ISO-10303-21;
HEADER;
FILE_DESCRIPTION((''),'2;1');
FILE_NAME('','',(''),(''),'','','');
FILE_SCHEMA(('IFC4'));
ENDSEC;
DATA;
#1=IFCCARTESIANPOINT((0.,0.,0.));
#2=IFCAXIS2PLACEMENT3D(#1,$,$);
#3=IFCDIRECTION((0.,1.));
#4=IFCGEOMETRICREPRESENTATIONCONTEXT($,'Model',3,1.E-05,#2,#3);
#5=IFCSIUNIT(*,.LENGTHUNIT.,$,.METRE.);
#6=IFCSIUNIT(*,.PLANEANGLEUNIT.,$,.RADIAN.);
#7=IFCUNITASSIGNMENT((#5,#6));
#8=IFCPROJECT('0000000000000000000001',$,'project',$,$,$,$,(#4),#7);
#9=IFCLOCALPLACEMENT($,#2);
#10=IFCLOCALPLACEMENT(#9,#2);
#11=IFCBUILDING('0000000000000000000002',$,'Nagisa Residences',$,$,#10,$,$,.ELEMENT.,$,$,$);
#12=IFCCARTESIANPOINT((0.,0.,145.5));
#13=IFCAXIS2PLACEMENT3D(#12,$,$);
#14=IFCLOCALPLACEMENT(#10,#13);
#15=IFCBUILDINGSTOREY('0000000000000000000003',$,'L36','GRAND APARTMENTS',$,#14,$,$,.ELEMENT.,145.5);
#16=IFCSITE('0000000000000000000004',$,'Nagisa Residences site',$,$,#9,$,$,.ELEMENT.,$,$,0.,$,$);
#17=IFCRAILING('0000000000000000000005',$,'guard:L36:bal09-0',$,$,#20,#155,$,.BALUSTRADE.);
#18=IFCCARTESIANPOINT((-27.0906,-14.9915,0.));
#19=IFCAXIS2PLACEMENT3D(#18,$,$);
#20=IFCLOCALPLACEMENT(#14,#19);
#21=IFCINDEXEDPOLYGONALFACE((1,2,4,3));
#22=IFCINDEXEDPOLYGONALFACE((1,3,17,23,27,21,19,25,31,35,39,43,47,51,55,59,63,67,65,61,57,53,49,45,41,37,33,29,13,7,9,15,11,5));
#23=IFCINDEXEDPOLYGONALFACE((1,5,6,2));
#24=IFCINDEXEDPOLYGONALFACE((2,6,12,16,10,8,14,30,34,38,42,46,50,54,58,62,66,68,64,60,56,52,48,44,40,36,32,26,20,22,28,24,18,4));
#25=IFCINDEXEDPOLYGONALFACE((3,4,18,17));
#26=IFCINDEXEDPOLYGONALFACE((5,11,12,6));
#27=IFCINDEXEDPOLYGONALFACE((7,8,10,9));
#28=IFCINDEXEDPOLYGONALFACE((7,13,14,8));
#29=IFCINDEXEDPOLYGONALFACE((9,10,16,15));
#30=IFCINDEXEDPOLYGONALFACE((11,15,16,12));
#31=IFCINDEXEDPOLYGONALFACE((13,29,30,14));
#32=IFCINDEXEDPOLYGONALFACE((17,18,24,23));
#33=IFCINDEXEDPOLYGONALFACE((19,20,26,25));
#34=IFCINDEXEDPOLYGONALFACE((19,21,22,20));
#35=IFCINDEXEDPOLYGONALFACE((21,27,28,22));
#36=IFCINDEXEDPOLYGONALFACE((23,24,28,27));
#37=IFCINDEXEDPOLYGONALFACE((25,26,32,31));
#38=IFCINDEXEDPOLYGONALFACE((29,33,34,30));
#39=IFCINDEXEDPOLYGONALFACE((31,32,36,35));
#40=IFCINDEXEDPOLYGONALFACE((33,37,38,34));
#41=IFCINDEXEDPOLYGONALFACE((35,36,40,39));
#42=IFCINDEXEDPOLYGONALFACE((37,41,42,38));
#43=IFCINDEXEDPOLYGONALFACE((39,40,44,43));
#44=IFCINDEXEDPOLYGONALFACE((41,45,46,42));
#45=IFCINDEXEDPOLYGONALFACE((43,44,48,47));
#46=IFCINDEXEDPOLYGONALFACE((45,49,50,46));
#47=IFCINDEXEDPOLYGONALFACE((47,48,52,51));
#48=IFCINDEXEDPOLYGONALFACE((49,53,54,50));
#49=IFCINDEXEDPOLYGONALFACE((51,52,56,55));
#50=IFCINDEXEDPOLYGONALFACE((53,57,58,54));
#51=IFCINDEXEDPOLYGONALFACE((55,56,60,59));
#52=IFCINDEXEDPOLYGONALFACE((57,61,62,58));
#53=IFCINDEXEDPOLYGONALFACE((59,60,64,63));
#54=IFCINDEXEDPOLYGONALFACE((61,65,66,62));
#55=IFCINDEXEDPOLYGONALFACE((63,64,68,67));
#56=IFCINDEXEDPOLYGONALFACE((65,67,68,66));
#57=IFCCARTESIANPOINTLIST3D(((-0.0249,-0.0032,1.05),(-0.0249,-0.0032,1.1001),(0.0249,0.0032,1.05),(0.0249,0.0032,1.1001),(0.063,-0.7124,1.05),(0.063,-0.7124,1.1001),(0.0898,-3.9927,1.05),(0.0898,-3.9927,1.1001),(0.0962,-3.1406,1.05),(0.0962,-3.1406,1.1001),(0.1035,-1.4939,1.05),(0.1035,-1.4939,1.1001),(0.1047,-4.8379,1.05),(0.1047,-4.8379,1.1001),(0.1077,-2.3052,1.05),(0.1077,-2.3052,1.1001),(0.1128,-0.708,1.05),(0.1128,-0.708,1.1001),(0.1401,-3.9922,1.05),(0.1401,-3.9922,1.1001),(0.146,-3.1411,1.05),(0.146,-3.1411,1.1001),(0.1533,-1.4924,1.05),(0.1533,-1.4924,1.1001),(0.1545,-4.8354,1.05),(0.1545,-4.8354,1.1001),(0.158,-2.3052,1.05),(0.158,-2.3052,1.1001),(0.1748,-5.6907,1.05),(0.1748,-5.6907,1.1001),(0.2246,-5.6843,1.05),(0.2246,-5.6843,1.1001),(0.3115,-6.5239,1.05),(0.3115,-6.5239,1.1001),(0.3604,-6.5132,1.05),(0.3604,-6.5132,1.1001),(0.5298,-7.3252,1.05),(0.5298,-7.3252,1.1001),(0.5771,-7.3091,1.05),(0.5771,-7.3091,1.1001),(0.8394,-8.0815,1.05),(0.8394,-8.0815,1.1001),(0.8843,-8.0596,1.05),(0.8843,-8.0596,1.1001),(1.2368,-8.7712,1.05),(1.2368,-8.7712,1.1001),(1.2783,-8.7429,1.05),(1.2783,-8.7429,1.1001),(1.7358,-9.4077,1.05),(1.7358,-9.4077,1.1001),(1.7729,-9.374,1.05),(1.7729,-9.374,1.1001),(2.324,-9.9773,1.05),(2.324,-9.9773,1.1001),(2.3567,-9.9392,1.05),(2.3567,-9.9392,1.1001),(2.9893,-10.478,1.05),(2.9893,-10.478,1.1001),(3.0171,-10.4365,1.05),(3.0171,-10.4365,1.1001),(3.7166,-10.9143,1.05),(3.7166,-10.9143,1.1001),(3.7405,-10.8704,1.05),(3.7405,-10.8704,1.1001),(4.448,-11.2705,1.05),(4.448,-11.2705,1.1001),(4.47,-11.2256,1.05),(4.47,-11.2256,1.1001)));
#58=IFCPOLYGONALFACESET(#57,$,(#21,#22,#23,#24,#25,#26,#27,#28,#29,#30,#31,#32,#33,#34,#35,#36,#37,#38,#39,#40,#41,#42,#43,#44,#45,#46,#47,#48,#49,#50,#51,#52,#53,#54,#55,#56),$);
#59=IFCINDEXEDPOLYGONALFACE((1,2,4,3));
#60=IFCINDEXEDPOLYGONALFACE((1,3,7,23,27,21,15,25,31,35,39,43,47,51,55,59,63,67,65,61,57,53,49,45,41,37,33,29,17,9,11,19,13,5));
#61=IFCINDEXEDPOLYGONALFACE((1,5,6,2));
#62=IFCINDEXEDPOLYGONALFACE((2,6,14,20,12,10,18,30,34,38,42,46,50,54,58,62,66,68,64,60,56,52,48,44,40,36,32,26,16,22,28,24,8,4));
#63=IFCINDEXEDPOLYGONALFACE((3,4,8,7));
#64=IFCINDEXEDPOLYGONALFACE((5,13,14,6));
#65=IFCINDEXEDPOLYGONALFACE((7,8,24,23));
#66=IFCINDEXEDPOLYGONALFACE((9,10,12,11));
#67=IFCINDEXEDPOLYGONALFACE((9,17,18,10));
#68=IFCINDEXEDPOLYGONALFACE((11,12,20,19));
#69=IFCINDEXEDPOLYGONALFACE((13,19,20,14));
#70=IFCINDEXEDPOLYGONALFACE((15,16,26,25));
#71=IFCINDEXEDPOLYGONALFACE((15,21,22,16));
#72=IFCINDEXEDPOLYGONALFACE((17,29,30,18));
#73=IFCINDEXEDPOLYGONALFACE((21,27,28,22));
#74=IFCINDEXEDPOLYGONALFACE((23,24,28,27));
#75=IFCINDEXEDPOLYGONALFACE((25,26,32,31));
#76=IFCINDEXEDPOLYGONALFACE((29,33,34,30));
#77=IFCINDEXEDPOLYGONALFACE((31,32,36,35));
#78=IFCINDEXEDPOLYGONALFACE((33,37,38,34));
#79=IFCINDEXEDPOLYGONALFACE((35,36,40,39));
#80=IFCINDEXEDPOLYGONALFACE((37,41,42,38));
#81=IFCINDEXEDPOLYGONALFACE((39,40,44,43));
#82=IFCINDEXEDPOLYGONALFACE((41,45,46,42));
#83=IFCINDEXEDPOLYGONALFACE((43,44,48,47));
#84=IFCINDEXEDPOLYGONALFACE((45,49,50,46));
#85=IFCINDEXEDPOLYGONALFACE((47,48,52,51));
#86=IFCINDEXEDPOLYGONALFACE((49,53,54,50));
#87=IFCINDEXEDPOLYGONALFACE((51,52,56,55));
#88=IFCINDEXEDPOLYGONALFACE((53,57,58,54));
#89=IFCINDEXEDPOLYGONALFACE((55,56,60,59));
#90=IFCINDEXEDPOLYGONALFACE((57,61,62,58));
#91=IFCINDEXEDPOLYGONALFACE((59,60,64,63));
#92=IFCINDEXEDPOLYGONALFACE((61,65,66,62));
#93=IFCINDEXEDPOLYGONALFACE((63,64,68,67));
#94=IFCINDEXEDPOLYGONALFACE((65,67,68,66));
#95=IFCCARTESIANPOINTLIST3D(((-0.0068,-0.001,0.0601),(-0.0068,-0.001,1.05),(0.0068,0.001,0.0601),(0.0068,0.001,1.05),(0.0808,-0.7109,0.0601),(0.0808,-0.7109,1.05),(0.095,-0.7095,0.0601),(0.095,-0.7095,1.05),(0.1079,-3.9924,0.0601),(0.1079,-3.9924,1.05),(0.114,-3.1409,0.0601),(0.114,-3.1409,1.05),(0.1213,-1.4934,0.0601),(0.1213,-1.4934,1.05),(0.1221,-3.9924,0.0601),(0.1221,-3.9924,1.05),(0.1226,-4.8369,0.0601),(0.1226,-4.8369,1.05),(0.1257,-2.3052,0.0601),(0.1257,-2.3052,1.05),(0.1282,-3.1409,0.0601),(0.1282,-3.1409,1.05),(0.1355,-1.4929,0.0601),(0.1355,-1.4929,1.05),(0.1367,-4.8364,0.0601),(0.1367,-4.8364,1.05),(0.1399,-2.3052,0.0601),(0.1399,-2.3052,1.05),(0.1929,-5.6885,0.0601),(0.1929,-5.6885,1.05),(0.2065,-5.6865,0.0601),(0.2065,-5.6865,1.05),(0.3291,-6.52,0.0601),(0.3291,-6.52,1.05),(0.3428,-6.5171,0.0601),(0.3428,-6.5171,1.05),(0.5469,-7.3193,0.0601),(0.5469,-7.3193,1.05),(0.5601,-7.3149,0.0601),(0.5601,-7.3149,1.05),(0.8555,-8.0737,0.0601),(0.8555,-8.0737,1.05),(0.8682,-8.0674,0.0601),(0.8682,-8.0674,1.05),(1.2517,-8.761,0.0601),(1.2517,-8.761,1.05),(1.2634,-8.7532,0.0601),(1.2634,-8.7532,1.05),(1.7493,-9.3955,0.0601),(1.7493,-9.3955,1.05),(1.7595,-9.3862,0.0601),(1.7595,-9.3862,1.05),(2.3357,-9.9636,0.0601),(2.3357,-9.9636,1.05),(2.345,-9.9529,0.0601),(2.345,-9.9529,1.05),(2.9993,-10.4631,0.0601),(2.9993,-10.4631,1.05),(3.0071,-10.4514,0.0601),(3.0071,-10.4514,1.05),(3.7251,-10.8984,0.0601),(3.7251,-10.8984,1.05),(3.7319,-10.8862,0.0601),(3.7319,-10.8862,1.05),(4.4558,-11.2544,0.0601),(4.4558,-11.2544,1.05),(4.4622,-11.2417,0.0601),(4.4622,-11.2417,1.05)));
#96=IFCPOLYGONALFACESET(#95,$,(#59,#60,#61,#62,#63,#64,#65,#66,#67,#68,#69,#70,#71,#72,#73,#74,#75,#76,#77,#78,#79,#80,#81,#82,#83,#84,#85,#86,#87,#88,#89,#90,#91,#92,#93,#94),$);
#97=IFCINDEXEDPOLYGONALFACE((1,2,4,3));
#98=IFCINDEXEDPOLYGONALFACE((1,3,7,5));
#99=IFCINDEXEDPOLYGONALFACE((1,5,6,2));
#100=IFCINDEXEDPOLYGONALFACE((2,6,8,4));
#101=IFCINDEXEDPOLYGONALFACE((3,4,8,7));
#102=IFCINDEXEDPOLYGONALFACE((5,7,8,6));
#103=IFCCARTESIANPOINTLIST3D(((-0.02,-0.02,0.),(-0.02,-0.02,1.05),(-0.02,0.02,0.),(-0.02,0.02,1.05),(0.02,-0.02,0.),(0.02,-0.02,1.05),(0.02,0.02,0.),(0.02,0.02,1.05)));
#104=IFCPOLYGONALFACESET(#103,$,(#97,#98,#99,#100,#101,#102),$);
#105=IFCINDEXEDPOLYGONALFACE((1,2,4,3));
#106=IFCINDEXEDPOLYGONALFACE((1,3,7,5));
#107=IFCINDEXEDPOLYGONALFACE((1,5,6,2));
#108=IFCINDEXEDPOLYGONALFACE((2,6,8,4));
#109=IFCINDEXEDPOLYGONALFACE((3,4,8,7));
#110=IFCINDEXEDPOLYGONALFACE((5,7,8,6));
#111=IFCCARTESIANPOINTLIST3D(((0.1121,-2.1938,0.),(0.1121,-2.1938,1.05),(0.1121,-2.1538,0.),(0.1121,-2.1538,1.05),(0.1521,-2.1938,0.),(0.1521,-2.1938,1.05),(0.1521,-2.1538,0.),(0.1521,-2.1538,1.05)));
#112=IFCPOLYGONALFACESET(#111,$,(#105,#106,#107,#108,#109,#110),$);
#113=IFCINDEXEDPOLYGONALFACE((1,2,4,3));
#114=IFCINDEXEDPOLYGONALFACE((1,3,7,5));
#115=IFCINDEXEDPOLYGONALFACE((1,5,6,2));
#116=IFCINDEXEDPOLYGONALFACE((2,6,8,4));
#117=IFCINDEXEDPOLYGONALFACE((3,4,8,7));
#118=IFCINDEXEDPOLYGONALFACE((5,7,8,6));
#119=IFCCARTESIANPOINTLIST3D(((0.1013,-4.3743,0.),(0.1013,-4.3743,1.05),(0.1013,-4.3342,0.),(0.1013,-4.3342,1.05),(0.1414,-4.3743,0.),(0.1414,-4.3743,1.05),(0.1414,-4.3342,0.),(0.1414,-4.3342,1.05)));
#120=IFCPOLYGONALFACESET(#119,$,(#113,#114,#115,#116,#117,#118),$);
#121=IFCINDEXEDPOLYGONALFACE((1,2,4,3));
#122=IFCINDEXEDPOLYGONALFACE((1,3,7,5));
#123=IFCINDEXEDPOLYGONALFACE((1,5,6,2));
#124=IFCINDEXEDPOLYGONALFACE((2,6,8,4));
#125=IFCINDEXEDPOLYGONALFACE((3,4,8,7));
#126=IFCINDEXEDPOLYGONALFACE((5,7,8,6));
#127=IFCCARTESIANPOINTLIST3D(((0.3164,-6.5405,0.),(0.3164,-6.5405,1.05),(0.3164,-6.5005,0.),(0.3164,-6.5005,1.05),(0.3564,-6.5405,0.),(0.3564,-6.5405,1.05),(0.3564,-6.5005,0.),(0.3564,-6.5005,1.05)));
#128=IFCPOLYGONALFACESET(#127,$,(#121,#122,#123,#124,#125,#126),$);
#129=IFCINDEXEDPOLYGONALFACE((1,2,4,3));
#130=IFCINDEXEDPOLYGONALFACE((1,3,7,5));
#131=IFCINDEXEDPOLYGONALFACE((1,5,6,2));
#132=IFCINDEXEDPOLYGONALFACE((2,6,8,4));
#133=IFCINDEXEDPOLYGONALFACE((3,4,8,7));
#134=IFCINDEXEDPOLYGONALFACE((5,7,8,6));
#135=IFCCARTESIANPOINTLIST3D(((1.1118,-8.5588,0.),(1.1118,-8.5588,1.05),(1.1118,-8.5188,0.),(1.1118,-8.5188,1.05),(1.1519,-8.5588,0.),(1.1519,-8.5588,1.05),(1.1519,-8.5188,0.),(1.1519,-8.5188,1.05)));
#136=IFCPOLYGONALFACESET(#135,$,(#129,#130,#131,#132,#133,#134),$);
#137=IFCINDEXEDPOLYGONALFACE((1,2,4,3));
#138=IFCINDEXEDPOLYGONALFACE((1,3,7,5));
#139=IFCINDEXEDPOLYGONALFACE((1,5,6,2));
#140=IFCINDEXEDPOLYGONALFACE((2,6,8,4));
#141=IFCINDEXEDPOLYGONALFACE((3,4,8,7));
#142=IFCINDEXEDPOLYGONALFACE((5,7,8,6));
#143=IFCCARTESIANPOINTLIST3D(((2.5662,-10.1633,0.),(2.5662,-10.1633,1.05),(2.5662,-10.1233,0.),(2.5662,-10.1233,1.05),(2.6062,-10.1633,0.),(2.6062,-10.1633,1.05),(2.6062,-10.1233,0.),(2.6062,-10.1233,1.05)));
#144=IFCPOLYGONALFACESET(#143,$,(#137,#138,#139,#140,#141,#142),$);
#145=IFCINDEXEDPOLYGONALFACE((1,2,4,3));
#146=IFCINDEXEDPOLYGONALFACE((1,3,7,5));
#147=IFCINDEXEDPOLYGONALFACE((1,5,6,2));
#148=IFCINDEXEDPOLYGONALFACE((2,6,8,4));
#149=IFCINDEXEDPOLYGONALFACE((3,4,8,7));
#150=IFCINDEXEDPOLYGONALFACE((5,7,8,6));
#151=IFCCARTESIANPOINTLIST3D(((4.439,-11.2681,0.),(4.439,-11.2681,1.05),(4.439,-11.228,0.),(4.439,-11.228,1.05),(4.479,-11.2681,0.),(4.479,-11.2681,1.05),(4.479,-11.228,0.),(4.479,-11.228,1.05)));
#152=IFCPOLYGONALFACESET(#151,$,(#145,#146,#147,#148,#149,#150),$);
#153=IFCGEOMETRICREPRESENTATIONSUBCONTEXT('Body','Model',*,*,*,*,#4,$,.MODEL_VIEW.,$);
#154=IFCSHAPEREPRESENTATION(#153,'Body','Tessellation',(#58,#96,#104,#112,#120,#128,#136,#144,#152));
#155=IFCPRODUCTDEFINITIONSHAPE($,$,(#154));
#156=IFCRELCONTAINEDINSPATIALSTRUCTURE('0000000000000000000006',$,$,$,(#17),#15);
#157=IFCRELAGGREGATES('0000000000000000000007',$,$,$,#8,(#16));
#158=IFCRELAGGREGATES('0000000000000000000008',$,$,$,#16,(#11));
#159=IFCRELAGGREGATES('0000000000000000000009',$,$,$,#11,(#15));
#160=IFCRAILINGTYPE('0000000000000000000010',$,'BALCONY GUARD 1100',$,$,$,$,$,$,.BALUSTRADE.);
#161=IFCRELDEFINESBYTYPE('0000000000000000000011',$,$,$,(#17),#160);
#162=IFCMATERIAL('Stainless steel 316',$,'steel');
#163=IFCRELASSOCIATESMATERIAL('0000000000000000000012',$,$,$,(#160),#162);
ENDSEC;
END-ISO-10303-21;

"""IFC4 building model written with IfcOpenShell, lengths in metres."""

from ifc_helpers import new_model, si_unit, direction, frame, origin, origin_2d, place, context, subcontext, project, spatial, polyline, rectangle, outline, extrude, material, type_object, element, save


model = new_model("IFC4")

# Units and contexts
model_context = context("Model", 3, precision=1e-05, world=origin(), true_north=direction((0.0, 1.0)))
body_context = subcontext(model_context, "Body", "Model", "MODEL_VIEW")
ifc_project = project(units=[si_unit("LENGTHUNIT", "METRE"), si_unit("PLANEANGLEUNIT", "RADIAN")], contexts=[model_context])

# Site, building, storey
site_placement = place(None, origin())
site = spatial("IfcSite", under=ifc_project, at=site_placement, Name="Nagisa Residences site", CompositionType="ELEMENT", RefElevation=0.0)
building_placement = place(site_placement, origin())
building = spatial("IfcBuilding", under=site, at=building_placement, Name="Nagisa Residences", CompositionType="ELEMENT")
storey_placement = place(building_placement, frame((0.0, 0.0, 145.5)))
storey = spatial("IfcBuildingStorey", under=building, at=storey_placement, Name="L36", Description="GRAND APARTMENTS", CompositionType="ELEMENT", Elevation=145.5)

# Railing
ifc_material_1 = material(Name="Stainless steel 316", Category="steel")
railing_type = type_object("IfcRailingType", Name="BALCONY GUARD 1100", PredefinedType="BALUSTRADE", material=ifc_material_1)
railing_1_placement = place(storey_placement, frame((-27.0906, -14.9915, 0.0)))
element("IfcRailing", 1, at=railing_1_placement, inside=storey, type_object=railing_type, Name="guard:L36:bal09-0", PredefinedType="BALUSTRADE", context=body_context, shape_type="SweptSolid", body=[
    extrude(outline(polyline([(0.1128, -0.708), (0.0249, 0.0032), (-0.0249, -0.0032), (0.063, -0.7124), (0.1035, -1.4939), (0.1077, -2.3052), (0.0962, -3.1406), (0.0898, -3.9927), (0.1047, -4.8379), (0.1748, -5.6907), (0.3115, -6.5239), (0.5298, -7.3252), (0.8394, -8.0815), (1.2368, -8.7712), (1.7358, -9.4077), (2.324, -9.9773), (2.9893, -10.478), (3.7166, -10.9143), (4.448, -11.2705), (4.47, -11.2256), (3.7405, -10.8704), (3.0171, -10.4365), (2.3567, -9.9392), (1.7729, -9.374), (1.2783, -8.7429), (0.8843, -8.0596), (0.5771, -7.3091), (0.3604, -6.5132), (0.2246, -5.6843), (0.1545, -4.8354), (0.1401, -3.9922), (0.146, -3.1411), (0.158, -2.3052), (0.1533, -1.4924), (0.1128, -0.708)])), frame((0.0, 0.0, 1.05)), (0.0, 0.0, 1.0), 0.05),
    extrude(outline(polyline([(0.095, -0.7095), (0.0068, 0.001), (-0.0068, -0.001), (0.0808, -0.7109), (0.1213, -1.4934), (0.1257, -2.3052), (0.114, -3.1409), (0.1079, -3.9924), (0.1226, -4.8369), (0.1929, -5.6885), (0.3291, -6.52), (0.5469, -7.3193), (0.8555, -8.0737), (1.2517, -8.761), (1.7493, -9.3955), (2.3357, -9.9636), (2.9993, -10.4631), (3.7251, -10.8984), (4.4558, -11.2544), (4.4622, -11.2417), (3.7319, -10.8862), (3.0071, -10.4514), (2.345, -9.9529), (1.7595, -9.3862), (1.2634, -8.7532), (0.8682, -8.0674), (0.5601, -7.3149), (0.3428, -6.5171), (0.2065, -5.6865), (0.1367, -4.8364), (0.1221, -3.9924), (0.1282, -3.1409), (0.1399, -2.3052), (0.1355, -1.4929), (0.095, -0.7095)])), frame((0.0, 0.0, 0.0601)), (0.0, 0.0, 1.0), 0.99),
    extrude(rectangle(XDim=0.04, YDim=0.04, at=origin_2d()), origin(), (0.0, 0.0, 1.0), 1.05),
    extrude(rectangle(XDim=0.04, YDim=0.04, at=origin_2d()), frame((0.1321, -2.1738, 0.0)), (0.0, 0.0, 1.0), 1.05),
    extrude(rectangle(XDim=0.04, YDim=0.04, at=origin_2d()), frame((0.1213, -4.3542, 0.0)), (0.0, 0.0, 1.0), 1.05),
    extrude(rectangle(XDim=0.04, YDim=0.04, at=origin_2d()), frame((0.3364, -6.5205, 0.0)), (0.0, 0.0, 1.0), 1.05),
    extrude(rectangle(XDim=0.04, YDim=0.04, at=origin_2d()), frame((1.1318, -8.5388, 0.0)), (0.0, 0.0, 1.0), 1.05),
    extrude(rectangle(XDim=0.04, YDim=0.04, at=origin_2d()), frame((2.5862, -10.1433, 0.0)), (0.0, 0.0, 1.0), 1.05),
    extrude(rectangle(XDim=0.04, YDim=0.04, at=origin_2d()), frame((4.459, -11.248, 0.0)), (0.0, 0.0, 1.0), 1.05),
])

save(model, "model.ifc")
